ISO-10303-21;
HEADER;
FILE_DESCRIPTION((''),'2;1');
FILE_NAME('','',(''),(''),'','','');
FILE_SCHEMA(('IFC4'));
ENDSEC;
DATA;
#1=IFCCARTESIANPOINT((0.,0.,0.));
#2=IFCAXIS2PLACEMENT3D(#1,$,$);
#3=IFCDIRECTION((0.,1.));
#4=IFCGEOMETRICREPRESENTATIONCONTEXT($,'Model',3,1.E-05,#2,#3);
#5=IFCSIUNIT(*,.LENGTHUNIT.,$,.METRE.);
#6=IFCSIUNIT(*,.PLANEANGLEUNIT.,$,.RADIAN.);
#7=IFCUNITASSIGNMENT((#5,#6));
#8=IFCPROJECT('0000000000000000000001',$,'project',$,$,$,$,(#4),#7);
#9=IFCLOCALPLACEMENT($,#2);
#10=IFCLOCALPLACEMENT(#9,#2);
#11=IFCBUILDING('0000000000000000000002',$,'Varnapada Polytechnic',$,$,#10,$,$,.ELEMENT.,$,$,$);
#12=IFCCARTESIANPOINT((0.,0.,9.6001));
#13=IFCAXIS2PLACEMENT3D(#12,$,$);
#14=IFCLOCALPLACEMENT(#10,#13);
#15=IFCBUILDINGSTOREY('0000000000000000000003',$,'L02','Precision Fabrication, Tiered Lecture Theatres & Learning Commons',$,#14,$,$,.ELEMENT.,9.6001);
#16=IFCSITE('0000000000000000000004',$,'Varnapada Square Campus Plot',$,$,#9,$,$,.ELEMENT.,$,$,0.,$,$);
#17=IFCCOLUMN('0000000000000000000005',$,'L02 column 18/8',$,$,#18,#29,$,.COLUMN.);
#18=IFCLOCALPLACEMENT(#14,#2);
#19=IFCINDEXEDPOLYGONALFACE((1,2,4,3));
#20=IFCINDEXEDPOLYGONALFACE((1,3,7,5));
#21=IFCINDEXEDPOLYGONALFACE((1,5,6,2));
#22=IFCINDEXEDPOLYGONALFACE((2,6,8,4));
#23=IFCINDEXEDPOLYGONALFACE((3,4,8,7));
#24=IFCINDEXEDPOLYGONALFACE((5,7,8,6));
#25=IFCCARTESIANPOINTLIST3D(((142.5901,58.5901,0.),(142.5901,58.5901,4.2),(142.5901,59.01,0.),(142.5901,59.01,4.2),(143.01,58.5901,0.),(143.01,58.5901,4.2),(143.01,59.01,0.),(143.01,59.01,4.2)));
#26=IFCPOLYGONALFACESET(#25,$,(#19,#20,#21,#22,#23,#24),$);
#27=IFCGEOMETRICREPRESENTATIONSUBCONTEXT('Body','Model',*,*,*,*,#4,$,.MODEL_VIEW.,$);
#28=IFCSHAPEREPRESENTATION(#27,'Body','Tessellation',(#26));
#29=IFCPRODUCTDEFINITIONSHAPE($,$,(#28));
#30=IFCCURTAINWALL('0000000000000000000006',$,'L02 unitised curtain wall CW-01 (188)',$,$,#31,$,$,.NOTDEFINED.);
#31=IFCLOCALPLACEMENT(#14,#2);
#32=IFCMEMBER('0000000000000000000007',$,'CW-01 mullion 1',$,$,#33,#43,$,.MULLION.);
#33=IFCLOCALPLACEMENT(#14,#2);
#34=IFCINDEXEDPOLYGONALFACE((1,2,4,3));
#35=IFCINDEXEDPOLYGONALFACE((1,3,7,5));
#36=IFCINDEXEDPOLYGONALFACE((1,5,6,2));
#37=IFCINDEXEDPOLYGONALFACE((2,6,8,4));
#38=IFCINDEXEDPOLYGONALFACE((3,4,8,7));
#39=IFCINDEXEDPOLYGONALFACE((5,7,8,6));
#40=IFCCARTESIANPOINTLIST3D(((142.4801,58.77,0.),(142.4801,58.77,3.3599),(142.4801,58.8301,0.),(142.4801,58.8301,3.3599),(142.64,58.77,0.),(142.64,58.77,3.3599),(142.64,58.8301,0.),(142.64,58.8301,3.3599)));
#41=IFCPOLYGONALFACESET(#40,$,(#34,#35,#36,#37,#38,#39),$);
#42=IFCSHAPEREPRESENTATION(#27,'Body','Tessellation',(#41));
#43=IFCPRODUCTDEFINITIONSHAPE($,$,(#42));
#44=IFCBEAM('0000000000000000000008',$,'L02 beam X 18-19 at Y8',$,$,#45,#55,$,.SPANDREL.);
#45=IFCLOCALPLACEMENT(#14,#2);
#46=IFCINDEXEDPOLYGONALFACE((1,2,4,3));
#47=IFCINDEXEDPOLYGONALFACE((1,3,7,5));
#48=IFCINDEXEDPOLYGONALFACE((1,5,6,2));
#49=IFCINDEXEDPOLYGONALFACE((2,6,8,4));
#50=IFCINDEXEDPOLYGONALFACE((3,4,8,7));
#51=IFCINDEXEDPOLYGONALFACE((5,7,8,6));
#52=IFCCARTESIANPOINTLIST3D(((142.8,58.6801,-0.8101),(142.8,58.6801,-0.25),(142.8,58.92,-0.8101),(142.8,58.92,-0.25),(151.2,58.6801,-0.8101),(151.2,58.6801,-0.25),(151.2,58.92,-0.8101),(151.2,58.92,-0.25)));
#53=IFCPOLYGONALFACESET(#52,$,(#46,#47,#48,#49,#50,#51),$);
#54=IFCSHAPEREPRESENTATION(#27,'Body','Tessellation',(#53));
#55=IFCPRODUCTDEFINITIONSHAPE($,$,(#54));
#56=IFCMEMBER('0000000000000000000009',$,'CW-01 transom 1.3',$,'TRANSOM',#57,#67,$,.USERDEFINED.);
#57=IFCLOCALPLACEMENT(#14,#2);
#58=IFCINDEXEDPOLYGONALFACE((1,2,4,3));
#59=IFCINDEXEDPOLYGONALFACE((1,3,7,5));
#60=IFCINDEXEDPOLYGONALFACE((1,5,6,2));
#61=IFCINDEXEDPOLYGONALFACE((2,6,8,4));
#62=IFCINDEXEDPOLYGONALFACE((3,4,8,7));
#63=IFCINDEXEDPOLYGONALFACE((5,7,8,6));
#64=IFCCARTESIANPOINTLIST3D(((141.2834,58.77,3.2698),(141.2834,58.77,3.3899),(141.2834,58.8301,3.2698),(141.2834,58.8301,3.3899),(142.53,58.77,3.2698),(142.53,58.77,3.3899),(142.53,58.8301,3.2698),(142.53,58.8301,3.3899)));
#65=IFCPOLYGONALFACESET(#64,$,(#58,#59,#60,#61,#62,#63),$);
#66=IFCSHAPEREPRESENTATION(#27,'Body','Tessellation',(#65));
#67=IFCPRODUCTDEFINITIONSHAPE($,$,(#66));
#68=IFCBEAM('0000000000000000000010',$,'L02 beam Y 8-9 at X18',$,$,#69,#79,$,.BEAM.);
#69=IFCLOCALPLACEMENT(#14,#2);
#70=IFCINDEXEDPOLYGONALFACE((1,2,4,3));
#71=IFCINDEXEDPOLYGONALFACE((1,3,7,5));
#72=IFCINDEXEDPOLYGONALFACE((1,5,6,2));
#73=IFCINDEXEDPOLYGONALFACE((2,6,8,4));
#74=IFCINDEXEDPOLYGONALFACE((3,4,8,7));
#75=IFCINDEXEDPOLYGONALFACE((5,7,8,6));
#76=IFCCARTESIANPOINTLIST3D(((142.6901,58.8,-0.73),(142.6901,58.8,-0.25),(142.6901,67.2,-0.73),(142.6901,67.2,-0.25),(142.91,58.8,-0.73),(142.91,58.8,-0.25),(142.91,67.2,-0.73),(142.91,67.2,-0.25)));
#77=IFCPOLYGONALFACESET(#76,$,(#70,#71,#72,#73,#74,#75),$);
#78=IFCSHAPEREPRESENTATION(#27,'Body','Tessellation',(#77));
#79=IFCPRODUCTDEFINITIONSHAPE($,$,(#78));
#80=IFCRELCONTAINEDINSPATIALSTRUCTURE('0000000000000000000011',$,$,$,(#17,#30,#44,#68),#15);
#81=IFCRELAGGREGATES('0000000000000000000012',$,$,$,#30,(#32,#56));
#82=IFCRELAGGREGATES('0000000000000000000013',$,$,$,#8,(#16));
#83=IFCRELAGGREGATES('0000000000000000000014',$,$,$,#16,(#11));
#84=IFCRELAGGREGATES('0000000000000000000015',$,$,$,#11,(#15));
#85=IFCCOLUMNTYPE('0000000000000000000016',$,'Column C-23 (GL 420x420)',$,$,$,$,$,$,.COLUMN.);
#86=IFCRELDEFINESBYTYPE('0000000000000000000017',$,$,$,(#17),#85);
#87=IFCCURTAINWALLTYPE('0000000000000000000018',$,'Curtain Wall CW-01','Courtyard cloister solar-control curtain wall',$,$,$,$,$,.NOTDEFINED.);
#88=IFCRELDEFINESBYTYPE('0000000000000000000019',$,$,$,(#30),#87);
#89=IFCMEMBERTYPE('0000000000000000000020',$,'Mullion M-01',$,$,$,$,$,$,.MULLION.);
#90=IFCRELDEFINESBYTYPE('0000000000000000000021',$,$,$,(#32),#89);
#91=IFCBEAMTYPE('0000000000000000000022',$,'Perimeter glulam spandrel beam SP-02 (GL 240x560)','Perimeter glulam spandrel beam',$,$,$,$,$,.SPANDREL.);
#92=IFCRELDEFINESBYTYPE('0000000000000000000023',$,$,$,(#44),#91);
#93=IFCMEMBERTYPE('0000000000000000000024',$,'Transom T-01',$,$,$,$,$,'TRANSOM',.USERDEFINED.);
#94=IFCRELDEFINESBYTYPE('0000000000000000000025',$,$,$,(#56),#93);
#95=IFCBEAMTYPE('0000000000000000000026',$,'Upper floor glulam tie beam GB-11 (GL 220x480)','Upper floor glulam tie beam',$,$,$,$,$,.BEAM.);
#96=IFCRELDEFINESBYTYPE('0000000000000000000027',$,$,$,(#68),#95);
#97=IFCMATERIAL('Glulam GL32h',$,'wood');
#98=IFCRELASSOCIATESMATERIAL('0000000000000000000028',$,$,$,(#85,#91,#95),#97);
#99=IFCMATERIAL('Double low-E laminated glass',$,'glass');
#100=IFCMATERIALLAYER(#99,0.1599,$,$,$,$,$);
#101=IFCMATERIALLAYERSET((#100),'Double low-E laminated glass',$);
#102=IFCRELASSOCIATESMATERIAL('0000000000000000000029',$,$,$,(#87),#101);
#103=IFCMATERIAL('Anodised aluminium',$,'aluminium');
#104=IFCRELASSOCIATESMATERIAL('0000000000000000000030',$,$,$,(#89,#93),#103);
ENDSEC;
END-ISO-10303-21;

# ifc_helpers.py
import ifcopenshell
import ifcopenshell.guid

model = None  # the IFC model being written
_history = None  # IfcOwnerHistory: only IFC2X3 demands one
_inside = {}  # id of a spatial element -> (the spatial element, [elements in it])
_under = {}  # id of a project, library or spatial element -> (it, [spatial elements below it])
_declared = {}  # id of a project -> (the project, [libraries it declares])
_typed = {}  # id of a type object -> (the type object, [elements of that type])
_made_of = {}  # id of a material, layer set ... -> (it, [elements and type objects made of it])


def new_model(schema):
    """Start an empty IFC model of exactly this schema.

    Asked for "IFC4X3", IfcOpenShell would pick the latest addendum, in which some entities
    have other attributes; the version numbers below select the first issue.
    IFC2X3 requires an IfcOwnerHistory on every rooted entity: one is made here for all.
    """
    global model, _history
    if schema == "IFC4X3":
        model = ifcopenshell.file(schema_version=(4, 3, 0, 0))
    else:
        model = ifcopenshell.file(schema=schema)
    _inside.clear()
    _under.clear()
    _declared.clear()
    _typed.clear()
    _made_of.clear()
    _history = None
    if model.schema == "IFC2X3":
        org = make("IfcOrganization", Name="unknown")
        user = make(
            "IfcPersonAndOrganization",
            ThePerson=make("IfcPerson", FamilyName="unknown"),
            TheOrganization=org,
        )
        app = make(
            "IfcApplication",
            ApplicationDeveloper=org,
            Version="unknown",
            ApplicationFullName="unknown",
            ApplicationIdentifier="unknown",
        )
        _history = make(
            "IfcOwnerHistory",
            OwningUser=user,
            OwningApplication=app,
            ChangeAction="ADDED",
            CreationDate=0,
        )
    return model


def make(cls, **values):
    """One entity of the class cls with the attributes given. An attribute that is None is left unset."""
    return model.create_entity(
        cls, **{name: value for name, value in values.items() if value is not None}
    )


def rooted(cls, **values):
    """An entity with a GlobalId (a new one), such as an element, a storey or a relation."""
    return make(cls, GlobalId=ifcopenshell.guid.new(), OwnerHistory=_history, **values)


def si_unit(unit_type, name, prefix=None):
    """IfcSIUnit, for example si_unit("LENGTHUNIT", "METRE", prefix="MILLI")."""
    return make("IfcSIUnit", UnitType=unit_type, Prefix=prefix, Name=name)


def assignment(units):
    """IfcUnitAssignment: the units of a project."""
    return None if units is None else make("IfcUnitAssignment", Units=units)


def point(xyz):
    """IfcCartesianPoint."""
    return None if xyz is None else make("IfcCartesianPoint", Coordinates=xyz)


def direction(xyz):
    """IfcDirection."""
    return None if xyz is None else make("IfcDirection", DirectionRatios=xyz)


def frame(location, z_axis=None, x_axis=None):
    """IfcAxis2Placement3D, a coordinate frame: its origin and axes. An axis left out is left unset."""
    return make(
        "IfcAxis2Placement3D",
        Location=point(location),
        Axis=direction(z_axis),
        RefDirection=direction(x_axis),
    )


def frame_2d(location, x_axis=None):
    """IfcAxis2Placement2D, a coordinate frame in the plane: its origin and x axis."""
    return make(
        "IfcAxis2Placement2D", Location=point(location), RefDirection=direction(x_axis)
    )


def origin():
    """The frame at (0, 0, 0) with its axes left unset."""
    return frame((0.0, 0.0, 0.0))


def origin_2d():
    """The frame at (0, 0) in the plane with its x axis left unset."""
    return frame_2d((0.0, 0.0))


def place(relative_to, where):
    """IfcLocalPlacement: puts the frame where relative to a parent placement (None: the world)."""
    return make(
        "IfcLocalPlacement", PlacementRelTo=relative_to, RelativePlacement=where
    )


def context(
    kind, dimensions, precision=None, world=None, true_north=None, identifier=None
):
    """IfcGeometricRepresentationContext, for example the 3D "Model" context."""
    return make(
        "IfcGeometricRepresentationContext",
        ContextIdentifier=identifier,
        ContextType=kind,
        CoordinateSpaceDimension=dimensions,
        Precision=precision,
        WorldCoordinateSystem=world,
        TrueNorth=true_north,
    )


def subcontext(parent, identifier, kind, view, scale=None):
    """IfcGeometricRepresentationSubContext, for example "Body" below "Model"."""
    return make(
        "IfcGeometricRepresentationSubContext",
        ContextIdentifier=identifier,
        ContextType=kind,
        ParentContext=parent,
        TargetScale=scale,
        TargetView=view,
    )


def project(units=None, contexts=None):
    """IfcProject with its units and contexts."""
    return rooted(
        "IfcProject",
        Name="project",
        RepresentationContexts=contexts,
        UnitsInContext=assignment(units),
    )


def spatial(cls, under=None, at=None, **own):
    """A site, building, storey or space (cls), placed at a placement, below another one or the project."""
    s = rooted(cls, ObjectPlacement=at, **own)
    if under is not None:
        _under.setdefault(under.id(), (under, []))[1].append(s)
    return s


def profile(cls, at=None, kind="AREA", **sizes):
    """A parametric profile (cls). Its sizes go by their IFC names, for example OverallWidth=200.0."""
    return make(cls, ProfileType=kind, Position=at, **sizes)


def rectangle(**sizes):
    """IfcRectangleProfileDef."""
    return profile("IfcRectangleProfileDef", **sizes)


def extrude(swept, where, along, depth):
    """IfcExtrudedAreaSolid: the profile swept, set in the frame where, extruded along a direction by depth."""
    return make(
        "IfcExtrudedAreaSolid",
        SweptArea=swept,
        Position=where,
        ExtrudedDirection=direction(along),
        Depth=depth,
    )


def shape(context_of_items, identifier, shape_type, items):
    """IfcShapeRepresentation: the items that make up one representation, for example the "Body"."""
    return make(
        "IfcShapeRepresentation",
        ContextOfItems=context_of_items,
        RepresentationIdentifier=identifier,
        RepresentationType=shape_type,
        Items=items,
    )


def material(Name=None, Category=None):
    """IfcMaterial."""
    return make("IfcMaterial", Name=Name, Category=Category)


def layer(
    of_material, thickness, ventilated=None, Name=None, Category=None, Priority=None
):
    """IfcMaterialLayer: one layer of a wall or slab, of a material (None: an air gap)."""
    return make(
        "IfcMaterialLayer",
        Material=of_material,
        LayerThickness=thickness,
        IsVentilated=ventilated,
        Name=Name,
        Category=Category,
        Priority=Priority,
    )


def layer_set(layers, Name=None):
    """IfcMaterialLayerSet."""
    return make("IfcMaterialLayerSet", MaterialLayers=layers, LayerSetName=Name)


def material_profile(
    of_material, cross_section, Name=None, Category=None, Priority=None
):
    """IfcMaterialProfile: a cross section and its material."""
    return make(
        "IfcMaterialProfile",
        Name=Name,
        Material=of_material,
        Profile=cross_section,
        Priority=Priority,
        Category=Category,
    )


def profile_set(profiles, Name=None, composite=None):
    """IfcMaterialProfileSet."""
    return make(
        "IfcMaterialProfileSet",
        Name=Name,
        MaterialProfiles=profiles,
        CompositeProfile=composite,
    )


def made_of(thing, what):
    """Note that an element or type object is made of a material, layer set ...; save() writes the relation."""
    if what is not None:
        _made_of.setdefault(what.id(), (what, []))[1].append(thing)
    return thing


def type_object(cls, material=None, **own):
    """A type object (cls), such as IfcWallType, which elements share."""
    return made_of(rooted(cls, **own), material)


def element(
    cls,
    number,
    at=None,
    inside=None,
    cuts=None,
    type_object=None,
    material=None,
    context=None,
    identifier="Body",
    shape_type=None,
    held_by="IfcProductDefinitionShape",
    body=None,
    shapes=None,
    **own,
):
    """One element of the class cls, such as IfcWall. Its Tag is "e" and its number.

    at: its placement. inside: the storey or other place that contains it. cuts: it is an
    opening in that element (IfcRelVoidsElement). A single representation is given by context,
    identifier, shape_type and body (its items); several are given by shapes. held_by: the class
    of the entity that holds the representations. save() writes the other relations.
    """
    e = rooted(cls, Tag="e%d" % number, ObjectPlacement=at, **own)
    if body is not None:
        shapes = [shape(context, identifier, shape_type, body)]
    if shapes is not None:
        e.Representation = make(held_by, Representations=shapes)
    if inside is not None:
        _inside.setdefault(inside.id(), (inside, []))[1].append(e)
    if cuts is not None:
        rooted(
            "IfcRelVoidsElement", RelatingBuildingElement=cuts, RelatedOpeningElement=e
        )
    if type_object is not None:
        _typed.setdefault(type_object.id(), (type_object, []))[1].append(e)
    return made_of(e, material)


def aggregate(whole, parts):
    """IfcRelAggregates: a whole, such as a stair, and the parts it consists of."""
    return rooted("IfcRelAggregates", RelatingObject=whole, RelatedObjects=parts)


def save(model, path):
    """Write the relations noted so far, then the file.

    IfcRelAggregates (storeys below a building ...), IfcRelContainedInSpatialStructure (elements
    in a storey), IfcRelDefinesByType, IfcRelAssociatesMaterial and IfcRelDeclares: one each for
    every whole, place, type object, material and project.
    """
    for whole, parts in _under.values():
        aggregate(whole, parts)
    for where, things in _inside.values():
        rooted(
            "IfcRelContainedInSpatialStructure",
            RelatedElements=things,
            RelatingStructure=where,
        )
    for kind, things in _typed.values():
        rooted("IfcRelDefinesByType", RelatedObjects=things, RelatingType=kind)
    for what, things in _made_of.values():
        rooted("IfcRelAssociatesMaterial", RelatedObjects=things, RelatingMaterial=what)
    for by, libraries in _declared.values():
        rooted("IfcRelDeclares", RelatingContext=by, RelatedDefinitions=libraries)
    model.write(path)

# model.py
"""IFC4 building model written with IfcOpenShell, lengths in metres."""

from ifc_helpers import new_model, si_unit, direction, frame, origin, origin_2d, place, context, subcontext, project, spatial, rectangle, extrude, material, layer, layer_set, material_profile, profile_set, type_object, element, aggregate, save


model = new_model("IFC4")

# Units and contexts
model_context = context("Model", 3, precision=1e-05, world=origin(), true_north=direction((0.0, 1.0)))
body_context = subcontext(model_context, "Body", "Model", "MODEL_VIEW")
ifc_project = project(units=[si_unit("LENGTHUNIT", "METRE"), si_unit("PLANEANGLEUNIT", "RADIAN")], contexts=[model_context])

# Site, building, storey
site_placement = place(None, origin())
site = spatial("IfcSite", under=ifc_project, at=site_placement, Name="Varnapada Square Campus Plot", CompositionType="ELEMENT", RefElevation=0.0)
building_placement = place(site_placement, origin())
building = spatial("IfcBuilding", under=site, at=building_placement, Name="Varnapada Polytechnic", CompositionType="ELEMENT")
storey_placement = place(building_placement, frame((0.0, 0.0, 9.6001)))
storey = spatial("IfcBuildingStorey", under=building, at=storey_placement, Name="L02", Description="Precision Fabrication, Tiered Lecture Theatres & Learning Commons", CompositionType="ELEMENT", Elevation=9.6001)

# Column
ifc_material_1 = material(Name="Glulam GL32h", Category="wood")
ifc_material_profile_1 = material_profile(ifc_material_1, rectangle(XDim=0.4199, YDim=0.4199, at=origin_2d()), Name="GL 420x420")
ifc_profile_set_1 = profile_set([ifc_material_profile_1], Name="Glulam GL32h")
column_type = type_object("IfcColumnType", Name="Column C-23 (GL 420x420)", PredefinedType="COLUMN", material=ifc_profile_set_1)
column_placement = place(storey_placement, frame((142.8, 58.8, 0.0), z_axis=(0.0, 0.0, 1.0), x_axis=(1.0, 0.0, 0.0)))
element("IfcColumn", 1, at=column_placement, inside=storey, type_object=column_type, Name="L02 column 18/8", PredefinedType="COLUMN", context=body_context, shape_type="SweptSolid", body=[
    extrude(rectangle(XDim=0.4199, YDim=0.4199, at=origin_2d()), origin(), (0.0, 0.0, 1.0), 4.2),
])

# Curtain wall, member
ifc_material_2 = material(Name="Double low-E laminated glass", Category="glass")
ifc_layer = layer(ifc_material_2, 0.1599)
ifc_layer_set = layer_set([ifc_layer], Name="Double low-E laminated glass")
curtain_wall_type = type_object("IfcCurtainWallType", Name="Curtain Wall CW-01", Description="Courtyard cloister solar-control curtain wall", PredefinedType="NOTDEFINED", material=ifc_layer_set)
curtain_wall_placement = place(storey_placement, origin())
curtain_wall = element("IfcCurtainWall", 2, at=curtain_wall_placement, inside=storey, type_object=curtain_wall_type, Name="L02 unitised curtain wall CW-01 (188)", PredefinedType="NOTDEFINED")
ifc_material_3 = material(Name="Anodised aluminium", Category="aluminium")
ifc_material_profile_2 = material_profile(ifc_material_3, rectangle(XDim=0.0601, YDim=0.1599, at=origin_2d()), Name="ALU M60x160")
ifc_profile_set_2 = profile_set([ifc_material_profile_2], Name="Anodised aluminium")
member_type_1 = type_object("IfcMemberType", Name="Mullion M-01", PredefinedType="MULLION", material=ifc_profile_set_2)
member_1_placement = place(storey_placement, frame((142.5601, 58.8, 0.0), z_axis=(0.0, 0.0, 1.0), x_axis=(0.0, -1.0, 0.0)))
member_1 = element("IfcMember", 3, at=member_1_placement, type_object=member_type_1, Name="CW-01 mullion 1", PredefinedType="MULLION", context=body_context, shape_type="SweptSolid", body=[
    extrude(rectangle(XDim=0.0601, YDim=0.1599, at=origin_2d()), origin(), (0.0, 0.0, 1.0), 3.3599),
])

# Beam
ifc_material_profile_3 = material_profile(ifc_material_1, rectangle(XDim=0.24, YDim=0.5601, at=origin_2d()), Name="GL 240x560")
ifc_profile_set_3 = profile_set([ifc_material_profile_3], Name="Glulam GL32h")
beam_type_1 = type_object("IfcBeamType", Name="Perimeter glulam spandrel beam SP-02 (GL 240x560)", Description="Perimeter glulam spandrel beam", PredefinedType="SPANDREL", material=ifc_profile_set_3)
beam_1_placement = place(storey_placement, frame((142.8, 58.8, -0.53), z_axis=(1.0, 0.0, 0.0), x_axis=(0.0, 1.0, 0.0)))
element("IfcBeam", 4, at=beam_1_placement, inside=storey, type_object=beam_type_1, Name="L02 beam X 18-19 at Y8", PredefinedType="SPANDREL", context=body_context, shape_type="SweptSolid", body=[
    extrude(rectangle(XDim=0.24, YDim=0.5601, at=origin_2d()), origin(), (0.0, 0.0, 1.0), 8.3999),
])

# Member
ifc_material_profile_4 = material_profile(ifc_material_3, rectangle(XDim=0.0601, YDim=0.1201, at=origin_2d()), Name="ALU T60x120")
ifc_profile_set_4 = profile_set([ifc_material_profile_4], Name="Anodised aluminium")
member_type_2 = type_object("IfcMemberType", Name="Transom T-01", ElementType="TRANSOM", PredefinedType="USERDEFINED", material=ifc_profile_set_4)
member_2_placement = place(storey_placement, frame((142.53, 58.8, 3.3298), z_axis=(-1.0, 0.0, 0.0), x_axis=(0.0, -1.0, 0.0)))
member_2 = element("IfcMember", 5, at=member_2_placement, type_object=member_type_2, Name="CW-01 transom 1.3", ObjectType="TRANSOM", PredefinedType="USERDEFINED", context=body_context, shape_type="SweptSolid", body=[
    extrude(rectangle(XDim=0.0601, YDim=0.1201, at=origin_2d()), origin(), (0.0, 0.0, 1.0), 1.2466),
])
aggregate(curtain_wall, [member_1, member_2])

# Beam
ifc_material_profile_5 = material_profile(ifc_material_1, rectangle(XDim=0.22, YDim=0.48, at=origin_2d()), Name="GL 220x480")
ifc_profile_set_5 = profile_set([ifc_material_profile_5], Name="Glulam GL32h")
beam_type_2 = type_object("IfcBeamType", Name="Upper floor glulam tie beam GB-11 (GL 220x480)", Description="Upper floor glulam tie beam", PredefinedType="BEAM", material=ifc_profile_set_5)
beam_2_placement = place(storey_placement, frame((142.8, 58.8, -0.49), z_axis=(0.0, 1.0, 0.0), x_axis=(-1.0, 0.0, 0.0)))
element("IfcBeam", 6, at=beam_2_placement, inside=storey, type_object=beam_type_2, Name="L02 beam Y 8-9 at X18", PredefinedType="BEAM", context=body_context, shape_type="SweptSolid", body=[
    extrude(rectangle(XDim=0.22, YDim=0.48, at=origin_2d()), origin(), (0.0, 0.0, 1.0), 8.3999),
])

save(model, "model.ifc")
